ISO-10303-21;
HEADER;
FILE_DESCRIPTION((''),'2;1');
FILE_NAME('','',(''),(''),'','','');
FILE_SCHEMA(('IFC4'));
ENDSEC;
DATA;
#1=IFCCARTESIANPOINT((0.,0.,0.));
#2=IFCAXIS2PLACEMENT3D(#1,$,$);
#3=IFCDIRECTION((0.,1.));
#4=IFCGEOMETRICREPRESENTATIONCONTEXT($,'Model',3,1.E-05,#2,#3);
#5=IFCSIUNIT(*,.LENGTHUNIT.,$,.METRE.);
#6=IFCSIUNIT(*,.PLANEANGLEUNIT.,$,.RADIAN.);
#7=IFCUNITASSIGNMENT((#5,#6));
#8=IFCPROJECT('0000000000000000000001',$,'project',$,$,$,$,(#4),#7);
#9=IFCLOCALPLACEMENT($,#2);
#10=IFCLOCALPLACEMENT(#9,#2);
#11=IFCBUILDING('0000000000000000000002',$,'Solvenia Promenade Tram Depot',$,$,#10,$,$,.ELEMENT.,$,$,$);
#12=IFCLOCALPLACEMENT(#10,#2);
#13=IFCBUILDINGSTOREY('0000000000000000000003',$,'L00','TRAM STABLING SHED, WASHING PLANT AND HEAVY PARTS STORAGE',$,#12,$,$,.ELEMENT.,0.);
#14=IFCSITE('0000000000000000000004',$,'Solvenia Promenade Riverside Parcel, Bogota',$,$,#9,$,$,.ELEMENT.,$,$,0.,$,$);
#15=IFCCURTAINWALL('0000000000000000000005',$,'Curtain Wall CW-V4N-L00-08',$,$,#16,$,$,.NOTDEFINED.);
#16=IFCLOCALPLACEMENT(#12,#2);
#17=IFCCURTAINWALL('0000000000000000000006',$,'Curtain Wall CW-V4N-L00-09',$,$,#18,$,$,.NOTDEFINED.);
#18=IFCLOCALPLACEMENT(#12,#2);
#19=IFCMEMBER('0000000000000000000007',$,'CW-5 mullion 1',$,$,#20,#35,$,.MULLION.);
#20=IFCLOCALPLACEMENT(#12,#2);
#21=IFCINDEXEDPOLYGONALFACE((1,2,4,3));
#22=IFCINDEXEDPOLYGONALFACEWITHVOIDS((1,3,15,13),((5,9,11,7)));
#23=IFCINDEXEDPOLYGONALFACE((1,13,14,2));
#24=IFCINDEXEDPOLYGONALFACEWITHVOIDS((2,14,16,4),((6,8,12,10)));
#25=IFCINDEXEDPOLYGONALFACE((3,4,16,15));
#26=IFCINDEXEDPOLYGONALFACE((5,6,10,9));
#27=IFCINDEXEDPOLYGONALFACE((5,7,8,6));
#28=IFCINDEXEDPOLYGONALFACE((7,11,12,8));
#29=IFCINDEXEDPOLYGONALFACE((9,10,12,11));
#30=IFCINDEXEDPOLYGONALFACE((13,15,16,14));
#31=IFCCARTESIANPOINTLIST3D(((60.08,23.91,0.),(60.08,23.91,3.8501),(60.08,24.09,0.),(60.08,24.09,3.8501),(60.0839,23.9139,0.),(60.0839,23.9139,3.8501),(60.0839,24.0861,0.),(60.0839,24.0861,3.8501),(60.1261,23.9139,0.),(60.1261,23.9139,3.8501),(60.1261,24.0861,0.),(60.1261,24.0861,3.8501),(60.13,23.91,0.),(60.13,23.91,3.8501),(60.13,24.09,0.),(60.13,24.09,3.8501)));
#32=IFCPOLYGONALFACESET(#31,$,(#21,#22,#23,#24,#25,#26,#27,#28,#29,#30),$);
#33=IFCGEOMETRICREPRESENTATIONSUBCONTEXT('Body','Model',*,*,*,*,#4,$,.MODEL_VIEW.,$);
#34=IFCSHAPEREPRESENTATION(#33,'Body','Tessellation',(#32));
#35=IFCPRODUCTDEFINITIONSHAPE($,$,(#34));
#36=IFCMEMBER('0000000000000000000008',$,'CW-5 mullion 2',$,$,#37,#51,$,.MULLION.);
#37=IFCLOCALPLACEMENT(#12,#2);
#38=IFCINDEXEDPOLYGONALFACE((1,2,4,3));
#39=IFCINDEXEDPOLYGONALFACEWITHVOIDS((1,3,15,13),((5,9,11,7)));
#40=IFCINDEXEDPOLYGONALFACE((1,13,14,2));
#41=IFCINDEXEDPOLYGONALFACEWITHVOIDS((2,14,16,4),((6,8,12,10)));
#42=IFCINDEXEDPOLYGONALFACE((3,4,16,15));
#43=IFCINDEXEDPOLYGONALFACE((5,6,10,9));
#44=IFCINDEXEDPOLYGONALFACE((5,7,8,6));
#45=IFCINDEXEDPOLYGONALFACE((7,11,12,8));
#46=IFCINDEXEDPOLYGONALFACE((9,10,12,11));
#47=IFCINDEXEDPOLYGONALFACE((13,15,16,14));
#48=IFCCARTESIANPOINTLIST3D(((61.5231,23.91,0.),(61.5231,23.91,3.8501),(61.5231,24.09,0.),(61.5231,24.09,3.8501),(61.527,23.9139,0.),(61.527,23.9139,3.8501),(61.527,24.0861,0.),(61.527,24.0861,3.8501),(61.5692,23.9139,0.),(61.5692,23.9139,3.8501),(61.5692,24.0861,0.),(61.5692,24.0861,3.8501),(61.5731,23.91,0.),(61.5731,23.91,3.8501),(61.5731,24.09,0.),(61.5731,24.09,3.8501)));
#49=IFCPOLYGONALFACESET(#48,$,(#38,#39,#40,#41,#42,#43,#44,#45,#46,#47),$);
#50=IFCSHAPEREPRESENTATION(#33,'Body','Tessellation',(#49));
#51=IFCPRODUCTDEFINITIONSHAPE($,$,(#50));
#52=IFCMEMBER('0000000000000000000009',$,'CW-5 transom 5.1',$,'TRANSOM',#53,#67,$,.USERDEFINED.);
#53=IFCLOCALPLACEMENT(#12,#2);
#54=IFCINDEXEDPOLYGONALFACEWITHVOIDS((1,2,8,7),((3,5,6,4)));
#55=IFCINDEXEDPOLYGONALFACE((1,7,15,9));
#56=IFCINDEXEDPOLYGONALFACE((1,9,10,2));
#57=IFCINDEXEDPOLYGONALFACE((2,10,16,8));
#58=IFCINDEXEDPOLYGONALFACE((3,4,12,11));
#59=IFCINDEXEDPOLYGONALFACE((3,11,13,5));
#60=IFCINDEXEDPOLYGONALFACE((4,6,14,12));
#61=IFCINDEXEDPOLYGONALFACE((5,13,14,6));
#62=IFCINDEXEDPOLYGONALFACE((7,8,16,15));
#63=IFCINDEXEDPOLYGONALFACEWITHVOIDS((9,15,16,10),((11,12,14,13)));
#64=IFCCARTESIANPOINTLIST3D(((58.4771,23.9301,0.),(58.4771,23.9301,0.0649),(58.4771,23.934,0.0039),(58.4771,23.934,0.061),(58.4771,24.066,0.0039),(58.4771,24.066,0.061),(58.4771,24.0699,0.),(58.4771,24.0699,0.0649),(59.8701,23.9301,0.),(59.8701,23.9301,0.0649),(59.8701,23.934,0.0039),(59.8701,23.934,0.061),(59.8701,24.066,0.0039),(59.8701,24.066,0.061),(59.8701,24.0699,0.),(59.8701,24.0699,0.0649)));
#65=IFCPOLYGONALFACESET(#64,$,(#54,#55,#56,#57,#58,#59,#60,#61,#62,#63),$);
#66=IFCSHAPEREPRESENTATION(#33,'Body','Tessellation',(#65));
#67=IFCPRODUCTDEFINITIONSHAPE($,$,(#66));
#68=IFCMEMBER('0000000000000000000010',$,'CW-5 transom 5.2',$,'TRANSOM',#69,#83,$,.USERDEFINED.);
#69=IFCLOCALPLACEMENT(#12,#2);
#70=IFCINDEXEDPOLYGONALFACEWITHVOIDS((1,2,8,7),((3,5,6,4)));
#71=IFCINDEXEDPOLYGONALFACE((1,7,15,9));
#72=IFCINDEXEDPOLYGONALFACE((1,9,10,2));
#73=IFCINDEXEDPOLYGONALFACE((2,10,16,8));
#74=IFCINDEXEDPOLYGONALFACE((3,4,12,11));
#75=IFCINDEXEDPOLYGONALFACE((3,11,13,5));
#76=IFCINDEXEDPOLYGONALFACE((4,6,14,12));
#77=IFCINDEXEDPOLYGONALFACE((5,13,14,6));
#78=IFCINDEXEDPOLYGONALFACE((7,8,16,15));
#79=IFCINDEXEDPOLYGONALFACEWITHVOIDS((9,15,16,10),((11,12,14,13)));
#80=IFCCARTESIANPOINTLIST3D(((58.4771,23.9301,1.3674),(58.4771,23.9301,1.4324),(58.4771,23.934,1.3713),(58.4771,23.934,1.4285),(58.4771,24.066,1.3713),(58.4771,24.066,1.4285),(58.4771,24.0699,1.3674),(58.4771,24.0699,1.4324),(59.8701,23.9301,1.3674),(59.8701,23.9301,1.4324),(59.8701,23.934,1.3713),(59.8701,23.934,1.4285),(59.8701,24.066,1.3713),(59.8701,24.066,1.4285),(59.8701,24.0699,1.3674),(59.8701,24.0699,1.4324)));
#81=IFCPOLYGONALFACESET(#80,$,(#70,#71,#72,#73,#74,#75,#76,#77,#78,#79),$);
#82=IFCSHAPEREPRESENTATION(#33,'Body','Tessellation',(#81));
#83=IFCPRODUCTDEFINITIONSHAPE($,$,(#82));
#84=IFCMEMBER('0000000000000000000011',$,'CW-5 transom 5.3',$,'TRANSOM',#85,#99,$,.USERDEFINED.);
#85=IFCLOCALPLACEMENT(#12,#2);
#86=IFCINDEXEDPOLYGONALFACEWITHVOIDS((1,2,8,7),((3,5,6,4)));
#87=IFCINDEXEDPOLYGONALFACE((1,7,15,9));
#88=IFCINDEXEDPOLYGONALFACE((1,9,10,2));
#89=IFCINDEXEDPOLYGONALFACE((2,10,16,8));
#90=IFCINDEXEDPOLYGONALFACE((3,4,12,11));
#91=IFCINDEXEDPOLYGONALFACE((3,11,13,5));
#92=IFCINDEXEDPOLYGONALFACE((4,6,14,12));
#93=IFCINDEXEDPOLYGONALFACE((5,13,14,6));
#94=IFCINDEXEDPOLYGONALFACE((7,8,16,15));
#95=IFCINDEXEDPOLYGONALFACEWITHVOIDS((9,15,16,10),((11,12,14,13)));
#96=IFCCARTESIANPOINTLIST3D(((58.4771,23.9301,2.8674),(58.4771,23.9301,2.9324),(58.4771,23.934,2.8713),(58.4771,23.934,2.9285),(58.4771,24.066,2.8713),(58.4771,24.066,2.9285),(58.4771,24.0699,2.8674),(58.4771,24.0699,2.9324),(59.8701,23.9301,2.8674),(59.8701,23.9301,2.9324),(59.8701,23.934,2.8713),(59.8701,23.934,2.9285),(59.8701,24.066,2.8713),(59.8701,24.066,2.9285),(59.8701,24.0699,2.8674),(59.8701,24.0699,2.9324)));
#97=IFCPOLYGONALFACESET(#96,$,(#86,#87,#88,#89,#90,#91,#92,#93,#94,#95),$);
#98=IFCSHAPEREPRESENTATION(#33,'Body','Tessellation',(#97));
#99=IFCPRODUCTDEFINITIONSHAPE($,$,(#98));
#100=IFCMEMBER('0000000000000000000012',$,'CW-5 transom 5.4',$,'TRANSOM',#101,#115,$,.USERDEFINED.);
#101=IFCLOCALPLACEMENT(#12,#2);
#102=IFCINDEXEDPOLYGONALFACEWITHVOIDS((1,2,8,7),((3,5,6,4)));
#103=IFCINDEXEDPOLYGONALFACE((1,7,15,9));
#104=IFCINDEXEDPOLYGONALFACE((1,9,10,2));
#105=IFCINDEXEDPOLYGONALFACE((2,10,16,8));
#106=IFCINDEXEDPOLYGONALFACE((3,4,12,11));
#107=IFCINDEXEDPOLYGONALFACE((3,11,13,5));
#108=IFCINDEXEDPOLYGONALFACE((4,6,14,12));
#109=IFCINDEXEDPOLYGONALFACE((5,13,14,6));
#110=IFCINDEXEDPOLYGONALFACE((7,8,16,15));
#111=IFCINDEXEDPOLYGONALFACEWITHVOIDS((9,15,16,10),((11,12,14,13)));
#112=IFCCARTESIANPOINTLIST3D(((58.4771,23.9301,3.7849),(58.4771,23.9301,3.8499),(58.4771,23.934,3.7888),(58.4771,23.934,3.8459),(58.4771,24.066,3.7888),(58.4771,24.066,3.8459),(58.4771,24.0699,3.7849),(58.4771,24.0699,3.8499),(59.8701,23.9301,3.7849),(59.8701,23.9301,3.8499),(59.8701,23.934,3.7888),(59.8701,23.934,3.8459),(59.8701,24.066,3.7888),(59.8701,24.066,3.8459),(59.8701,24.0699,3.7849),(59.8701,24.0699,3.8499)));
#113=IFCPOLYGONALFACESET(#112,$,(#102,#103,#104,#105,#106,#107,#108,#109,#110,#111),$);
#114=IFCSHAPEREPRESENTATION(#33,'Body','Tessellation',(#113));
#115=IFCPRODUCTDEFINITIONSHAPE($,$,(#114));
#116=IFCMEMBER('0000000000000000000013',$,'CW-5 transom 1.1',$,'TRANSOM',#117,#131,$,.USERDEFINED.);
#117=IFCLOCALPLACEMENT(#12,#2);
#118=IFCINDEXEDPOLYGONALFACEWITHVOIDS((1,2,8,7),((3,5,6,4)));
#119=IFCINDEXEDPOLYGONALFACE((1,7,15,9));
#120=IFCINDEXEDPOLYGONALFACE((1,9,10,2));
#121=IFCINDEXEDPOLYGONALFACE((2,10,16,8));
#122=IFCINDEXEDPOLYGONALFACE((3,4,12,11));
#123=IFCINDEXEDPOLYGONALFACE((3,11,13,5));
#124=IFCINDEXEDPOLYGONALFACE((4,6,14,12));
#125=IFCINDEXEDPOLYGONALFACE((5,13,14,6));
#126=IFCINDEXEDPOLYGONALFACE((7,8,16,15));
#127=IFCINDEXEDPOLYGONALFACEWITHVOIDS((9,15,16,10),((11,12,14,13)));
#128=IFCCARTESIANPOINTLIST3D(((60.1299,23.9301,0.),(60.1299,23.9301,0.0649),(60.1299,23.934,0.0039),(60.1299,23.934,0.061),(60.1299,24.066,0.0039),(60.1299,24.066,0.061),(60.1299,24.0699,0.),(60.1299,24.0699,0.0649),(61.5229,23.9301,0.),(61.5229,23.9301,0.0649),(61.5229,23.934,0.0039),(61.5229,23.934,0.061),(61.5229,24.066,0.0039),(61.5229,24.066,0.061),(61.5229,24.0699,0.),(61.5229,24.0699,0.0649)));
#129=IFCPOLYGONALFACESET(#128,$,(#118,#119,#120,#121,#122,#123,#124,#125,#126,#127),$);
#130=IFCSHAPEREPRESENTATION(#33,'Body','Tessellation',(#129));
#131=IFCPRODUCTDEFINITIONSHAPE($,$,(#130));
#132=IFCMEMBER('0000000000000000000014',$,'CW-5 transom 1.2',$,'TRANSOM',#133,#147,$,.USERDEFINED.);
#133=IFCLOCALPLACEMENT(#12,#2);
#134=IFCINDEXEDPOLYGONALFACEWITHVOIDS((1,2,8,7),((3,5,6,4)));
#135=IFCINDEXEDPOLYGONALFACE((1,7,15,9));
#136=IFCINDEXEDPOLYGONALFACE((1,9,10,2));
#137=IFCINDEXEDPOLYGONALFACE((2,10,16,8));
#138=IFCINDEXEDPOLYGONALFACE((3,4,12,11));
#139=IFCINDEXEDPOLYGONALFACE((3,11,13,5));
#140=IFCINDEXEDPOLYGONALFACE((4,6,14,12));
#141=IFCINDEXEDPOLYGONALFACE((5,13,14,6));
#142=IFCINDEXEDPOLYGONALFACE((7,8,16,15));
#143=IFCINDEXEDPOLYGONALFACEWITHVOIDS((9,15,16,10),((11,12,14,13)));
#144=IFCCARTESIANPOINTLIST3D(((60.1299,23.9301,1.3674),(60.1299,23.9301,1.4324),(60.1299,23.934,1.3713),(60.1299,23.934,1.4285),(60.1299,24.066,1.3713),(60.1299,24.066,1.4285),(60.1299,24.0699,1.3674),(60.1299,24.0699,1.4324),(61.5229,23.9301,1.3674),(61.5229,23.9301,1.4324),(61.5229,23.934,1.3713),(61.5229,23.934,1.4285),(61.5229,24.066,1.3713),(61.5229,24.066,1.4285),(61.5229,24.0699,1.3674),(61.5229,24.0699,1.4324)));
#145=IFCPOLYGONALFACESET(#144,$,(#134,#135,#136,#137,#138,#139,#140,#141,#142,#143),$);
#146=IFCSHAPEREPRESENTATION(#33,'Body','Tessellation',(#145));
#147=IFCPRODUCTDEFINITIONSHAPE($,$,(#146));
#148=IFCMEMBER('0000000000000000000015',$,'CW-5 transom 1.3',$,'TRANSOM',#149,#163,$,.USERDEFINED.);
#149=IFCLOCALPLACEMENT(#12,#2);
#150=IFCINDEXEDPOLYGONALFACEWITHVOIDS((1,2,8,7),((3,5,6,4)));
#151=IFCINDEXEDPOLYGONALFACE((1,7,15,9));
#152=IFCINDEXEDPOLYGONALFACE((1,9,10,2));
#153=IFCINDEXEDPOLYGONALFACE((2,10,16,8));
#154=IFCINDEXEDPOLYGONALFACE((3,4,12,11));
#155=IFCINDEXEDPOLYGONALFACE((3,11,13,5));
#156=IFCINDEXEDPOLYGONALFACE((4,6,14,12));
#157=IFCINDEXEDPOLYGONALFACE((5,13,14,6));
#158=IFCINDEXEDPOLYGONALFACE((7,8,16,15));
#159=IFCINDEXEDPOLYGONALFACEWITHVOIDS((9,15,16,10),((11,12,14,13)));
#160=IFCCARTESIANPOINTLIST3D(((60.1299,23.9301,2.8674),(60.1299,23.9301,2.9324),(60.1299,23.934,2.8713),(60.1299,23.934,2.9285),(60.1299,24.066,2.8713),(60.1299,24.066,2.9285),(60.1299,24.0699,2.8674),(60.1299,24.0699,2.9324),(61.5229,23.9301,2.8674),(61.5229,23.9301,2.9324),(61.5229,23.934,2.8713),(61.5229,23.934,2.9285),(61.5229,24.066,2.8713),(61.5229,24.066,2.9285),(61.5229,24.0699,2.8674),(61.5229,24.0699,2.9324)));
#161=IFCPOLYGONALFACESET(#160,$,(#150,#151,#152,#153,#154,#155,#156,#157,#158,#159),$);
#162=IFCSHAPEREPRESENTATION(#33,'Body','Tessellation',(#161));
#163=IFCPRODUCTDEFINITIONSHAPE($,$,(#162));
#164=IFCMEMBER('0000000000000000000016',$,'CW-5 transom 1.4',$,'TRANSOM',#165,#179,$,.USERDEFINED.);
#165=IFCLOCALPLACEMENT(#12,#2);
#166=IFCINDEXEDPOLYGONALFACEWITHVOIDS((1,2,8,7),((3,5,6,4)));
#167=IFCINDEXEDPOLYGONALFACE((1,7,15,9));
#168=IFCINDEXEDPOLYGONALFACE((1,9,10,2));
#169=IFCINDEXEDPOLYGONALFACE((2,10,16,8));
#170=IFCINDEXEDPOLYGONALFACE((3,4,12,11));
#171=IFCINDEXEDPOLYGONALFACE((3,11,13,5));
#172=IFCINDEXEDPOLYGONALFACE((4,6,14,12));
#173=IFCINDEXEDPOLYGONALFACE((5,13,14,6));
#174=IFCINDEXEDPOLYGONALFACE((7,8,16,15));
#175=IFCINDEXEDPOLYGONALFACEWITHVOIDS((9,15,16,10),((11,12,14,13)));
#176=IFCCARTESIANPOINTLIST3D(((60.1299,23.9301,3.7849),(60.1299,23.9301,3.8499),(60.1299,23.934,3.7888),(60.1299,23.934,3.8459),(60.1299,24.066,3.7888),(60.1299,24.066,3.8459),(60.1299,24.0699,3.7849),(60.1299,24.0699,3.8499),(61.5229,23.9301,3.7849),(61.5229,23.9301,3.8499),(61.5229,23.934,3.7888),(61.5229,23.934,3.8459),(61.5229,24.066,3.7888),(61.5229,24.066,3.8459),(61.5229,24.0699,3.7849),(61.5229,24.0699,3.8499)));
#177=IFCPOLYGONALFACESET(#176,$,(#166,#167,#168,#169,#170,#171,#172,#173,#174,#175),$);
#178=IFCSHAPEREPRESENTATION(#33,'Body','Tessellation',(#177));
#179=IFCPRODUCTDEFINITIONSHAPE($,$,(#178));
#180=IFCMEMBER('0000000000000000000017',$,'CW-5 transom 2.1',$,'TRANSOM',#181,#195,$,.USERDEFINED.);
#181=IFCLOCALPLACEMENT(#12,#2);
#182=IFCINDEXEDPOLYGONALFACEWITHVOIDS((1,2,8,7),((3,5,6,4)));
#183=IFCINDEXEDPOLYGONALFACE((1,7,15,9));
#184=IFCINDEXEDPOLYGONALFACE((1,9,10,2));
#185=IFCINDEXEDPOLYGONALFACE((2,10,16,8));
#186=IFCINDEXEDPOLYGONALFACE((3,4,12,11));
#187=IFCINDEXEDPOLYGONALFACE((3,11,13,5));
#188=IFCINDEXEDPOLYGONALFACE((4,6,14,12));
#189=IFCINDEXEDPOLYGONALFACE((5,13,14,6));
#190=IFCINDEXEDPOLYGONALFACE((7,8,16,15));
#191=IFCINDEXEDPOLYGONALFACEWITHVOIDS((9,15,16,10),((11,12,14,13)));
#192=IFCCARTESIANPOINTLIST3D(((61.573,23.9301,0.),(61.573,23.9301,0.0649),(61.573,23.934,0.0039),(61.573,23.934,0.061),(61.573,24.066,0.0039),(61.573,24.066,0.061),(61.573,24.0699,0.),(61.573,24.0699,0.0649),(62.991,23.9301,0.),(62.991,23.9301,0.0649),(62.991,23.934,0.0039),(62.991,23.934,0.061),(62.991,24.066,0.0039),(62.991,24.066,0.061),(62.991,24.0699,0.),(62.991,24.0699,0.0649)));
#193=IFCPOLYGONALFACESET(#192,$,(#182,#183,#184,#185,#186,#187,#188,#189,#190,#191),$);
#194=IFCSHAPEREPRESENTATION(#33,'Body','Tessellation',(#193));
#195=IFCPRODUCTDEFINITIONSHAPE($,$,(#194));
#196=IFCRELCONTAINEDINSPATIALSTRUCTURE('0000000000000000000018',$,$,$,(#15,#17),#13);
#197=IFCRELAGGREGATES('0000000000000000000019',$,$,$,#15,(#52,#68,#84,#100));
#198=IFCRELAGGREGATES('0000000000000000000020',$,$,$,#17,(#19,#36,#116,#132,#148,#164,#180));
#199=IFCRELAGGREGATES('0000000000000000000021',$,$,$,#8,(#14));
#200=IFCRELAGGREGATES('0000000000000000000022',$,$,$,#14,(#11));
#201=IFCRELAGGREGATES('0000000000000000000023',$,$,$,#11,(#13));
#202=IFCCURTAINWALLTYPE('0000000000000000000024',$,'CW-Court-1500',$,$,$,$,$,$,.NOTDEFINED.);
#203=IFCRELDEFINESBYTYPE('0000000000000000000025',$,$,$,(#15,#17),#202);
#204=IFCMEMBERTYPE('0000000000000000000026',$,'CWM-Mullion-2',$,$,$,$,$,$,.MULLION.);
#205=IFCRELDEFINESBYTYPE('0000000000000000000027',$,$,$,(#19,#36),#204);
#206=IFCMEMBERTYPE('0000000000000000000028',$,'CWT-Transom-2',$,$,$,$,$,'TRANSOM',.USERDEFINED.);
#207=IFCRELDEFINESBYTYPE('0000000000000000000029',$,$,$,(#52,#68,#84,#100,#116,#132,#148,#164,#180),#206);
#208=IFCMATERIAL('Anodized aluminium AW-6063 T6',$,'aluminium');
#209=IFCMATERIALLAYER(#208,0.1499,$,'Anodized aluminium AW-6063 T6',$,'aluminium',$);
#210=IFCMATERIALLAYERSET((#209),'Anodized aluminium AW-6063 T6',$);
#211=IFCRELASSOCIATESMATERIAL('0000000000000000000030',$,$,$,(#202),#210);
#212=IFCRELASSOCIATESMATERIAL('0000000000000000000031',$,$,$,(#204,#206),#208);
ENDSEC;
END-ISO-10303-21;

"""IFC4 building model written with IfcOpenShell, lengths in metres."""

from ifc_helpers import new_model, si_unit, direction, frame, origin, origin_2d, place, context, subcontext, project, spatial, hollow_rectangle, extrude, material, layer, layer_set, material_profile, profile_set, type_object, element, aggregate, save


model = new_model("IFC4")

# Units and contexts
model_context = context("Model", 3, precision=1e-05, world=origin(), true_north=direction((0.0, 1.0)))
body_context = subcontext(model_context, "Body", "Model", "MODEL_VIEW")
ifc_project = project(units=[si_unit("LENGTHUNIT", "METRE"), si_unit("PLANEANGLEUNIT", "RADIAN")], contexts=[model_context])

# Site, building, storey
site_placement = place(None, origin())
site = spatial("IfcSite", under=ifc_project, at=site_placement, Name="Solvenia Promenade Riverside Parcel, Bogota", CompositionType="ELEMENT", RefElevation=0.0)
building_placement = place(site_placement, origin())
building = spatial("IfcBuilding", under=site, at=building_placement, Name="Solvenia Promenade Tram Depot", CompositionType="ELEMENT")
storey_placement = place(building_placement, origin())
storey = spatial("IfcBuildingStorey", under=building, at=storey_placement, Name="L00", Description="TRAM STABLING SHED, WASHING PLANT AND HEAVY PARTS STORAGE", CompositionType="ELEMENT", Elevation=0.0)

# Curtain walls, members
ifc_material_1 = material(Name="Anodized aluminium AW-6063 T6", Category="aluminium")
ifc_layer_1 = layer(ifc_material_1, 0.1499, Name="Anodized aluminium AW-6063 T6", Category="aluminium")
ifc_layer_set_1 = layer_set([ifc_layer_1], Name="Anodized aluminium AW-6063 T6")
curtain_wall_type = type_object("IfcCurtainWallType", Name="CW-Court-1500", PredefinedType="NOTDEFINED", material=ifc_layer_set_1)
curtain_wall_1_placement = place(storey_placement, origin())
curtain_wall_1 = element("IfcCurtainWall", 1, at=curtain_wall_1_placement, inside=storey, type_object=curtain_wall_type, Name="Curtain Wall CW-V4N-L00-08", PredefinedType="NOTDEFINED")
ifc_material_profile_1 = material_profile(ifc_material_1, hollow_rectangle(XDim=0.1799, YDim=0.05, WallThickness=0.0039, at=origin_2d()), Name="ALU-M2", Category="aluminium")
ifc_profile_set_1 = profile_set([ifc_material_profile_1], Name="Anodized aluminium AW-6063 T6")
member_type_1 = type_object("IfcMemberType", Name="CWM-Mullion-2", PredefinedType="MULLION", material=ifc_profile_set_1)
curtain_wall_2_placement = place(storey_placement, origin())
curtain_wall_2 = element("IfcCurtainWall", 2, at=curtain_wall_2_placement, inside=storey, type_object=curtain_wall_type, Name="Curtain Wall CW-V4N-L00-09", PredefinedType="NOTDEFINED")
member_1_placement = place(storey_placement, frame((60.105, 24.0, 0.0), z_axis=(0.0, 0.0, 1.0), x_axis=(0.0, 1.0, 0.0)))
member_1 = element("IfcMember", 3, at=member_1_placement, type_object=member_type_1, Name="CW-5 mullion 1", PredefinedType="MULLION", context=body_context, shape_type="SweptSolid", body=[
    extrude(hollow_rectangle(XDim=0.1799, YDim=0.05, WallThickness=0.0039, at=origin_2d()), origin(), (0.0, 0.0, 1.0), 3.8501),
])
member_2_placement = place(storey_placement, frame((61.5481, 24.0, 0.0), z_axis=(0.0, 0.0, 1.0), x_axis=(0.0, 1.0, 0.0)))
member_2 = element("IfcMember", 4, at=member_2_placement, type_object=member_type_1, Name="CW-5 mullion 2", PredefinedType="MULLION", context=body_context, shape_type="SweptSolid", body=[
    extrude(hollow_rectangle(XDim=0.1799, YDim=0.05, WallThickness=0.0039, at=origin_2d()), origin(), (0.0, 0.0, 1.0), 3.8501),
])

# Members
ifc_material_profile_2 = material_profile(ifc_material_1, hollow_rectangle(XDim=0.1399, YDim=0.0649, WallThickness=0.0039, at=origin_2d()), Name="ALU-T2", Category="aluminium")
ifc_profile_set_2 = profile_set([ifc_material_profile_2], Name="Anodized aluminium AW-6063 T6")
member_type_2 = type_object("IfcMemberType", Name="CWT-Transom-2", ElementType="TRANSOM", PredefinedType="USERDEFINED", material=ifc_profile_set_2)
member_3_placement = place(storey_placement, frame((58.4771, 24.0, 0.0325), z_axis=(1.0, 0.0, 0.0), x_axis=(0.0, 1.0, 0.0)))
member_3 = element("IfcMember", 5, at=member_3_placement, type_object=member_type_2, Name="CW-5 transom 5.1", ObjectType="TRANSOM", PredefinedType="USERDEFINED", context=body_context, shape_type="SweptSolid", body=[
    extrude(hollow_rectangle(XDim=0.1399, YDim=0.0649, WallThickness=0.0039, at=origin_2d()), origin(), (0.0, 0.0, 1.0), 1.3931),
])
member_4_placement = place(storey_placement, frame((58.4771, 24.0, 1.3999), z_axis=(1.0, 0.0, 0.0), x_axis=(0.0, 1.0, 0.0)))
member_4 = element("IfcMember", 6, at=member_4_placement, type_object=member_type_2, Name="CW-5 transom 5.2", ObjectType="TRANSOM", PredefinedType="USERDEFINED", context=body_context, shape_type="SweptSolid", body=[
    extrude(hollow_rectangle(XDim=0.1399, YDim=0.0649, WallThickness=0.0039, at=origin_2d()), origin(), (0.0, 0.0, 1.0), 1.3931),
])
member_5_placement = place(storey_placement, frame((58.4771, 24.0, 2.8999), z_axis=(1.0, 0.0, 0.0), x_axis=(0.0, 1.0, 0.0)))
member_5 = element("IfcMember", 7, at=member_5_placement, type_object=member_type_2, Name="CW-5 transom 5.3", ObjectType="TRANSOM", PredefinedType="USERDEFINED", context=body_context, shape_type="SweptSolid", body=[
    extrude(hollow_rectangle(XDim=0.1399, YDim=0.0649, WallThickness=0.0039, at=origin_2d()), origin(), (0.0, 0.0, 1.0), 1.3931),
])
member_6_placement = place(storey_placement, frame((58.4771, 24.0, 3.8174), z_axis=(1.0, 0.0, 0.0), x_axis=(0.0, 1.0, 0.0)))
member_6 = element("IfcMember", 8, at=member_6_placement, type_object=member_type_2, Name="CW-5 transom 5.4", ObjectType="TRANSOM", PredefinedType="USERDEFINED", context=body_context, shape_type="SweptSolid", body=[
    extrude(hollow_rectangle(XDim=0.1399, YDim=0.0649, WallThickness=0.0039, at=origin_2d()), origin(), (0.0, 0.0, 1.0), 1.3931),
])
member_7_placement = place(storey_placement, frame((60.1299, 24.0, 0.0325), z_axis=(1.0, 0.0, 0.0), x_axis=(0.0, 1.0, 0.0)))
member_7 = element("IfcMember", 9, at=member_7_placement, type_object=member_type_2, Name="CW-5 transom 1.1", ObjectType="TRANSOM", PredefinedType="USERDEFINED", context=body_context, shape_type="SweptSolid", body=[
    extrude(hollow_rectangle(XDim=0.1399, YDim=0.0649, WallThickness=0.0039, at=origin_2d()), origin(), (0.0, 0.0, 1.0), 1.3931),
])
member_8_placement = place(storey_placement, frame((60.1299, 24.0, 1.3999), z_axis=(1.0, 0.0, 0.0), x_axis=(0.0, 1.0, 0.0)))
member_8 = element("IfcMember", 10, at=member_8_placement, type_object=member_type_2, Name="CW-5 transom 1.2", ObjectType="TRANSOM", PredefinedType="USERDEFINED", context=body_context, shape_type="SweptSolid", body=[
    extrude(hollow_rectangle(XDim=0.1399, YDim=0.0649, WallThickness=0.0039, at=origin_2d()), origin(), (0.0, 0.0, 1.0), 1.3931),
])
member_9_placement = place(storey_placement, frame((60.1299, 24.0, 2.8999), z_axis=(1.0, 0.0, 0.0), x_axis=(0.0, 1.0, 0.0)))
member_9 = element("IfcMember", 11, at=member_9_placement, type_object=member_type_2, Name="CW-5 transom 1.3", ObjectType="TRANSOM", PredefinedType="USERDEFINED", context=body_context, shape_type="SweptSolid", body=[
    extrude(hollow_rectangle(XDim=0.1399, YDim=0.0649, WallThickness=0.0039, at=origin_2d()), origin(), (0.0, 0.0, 1.0), 1.3931),
])
member_10_placement = place(storey_placement, frame((60.1299, 24.0, 3.8174), z_axis=(1.0, 0.0, 0.0), x_axis=(0.0, 1.0, 0.0)))
member_10 = element("IfcMember", 12, at=member_10_placement, type_object=member_type_2, Name="CW-5 transom 1.4", ObjectType="TRANSOM", PredefinedType="USERDEFINED", context=body_context, shape_type="SweptSolid", body=[
    extrude(hollow_rectangle(XDim=0.1399, YDim=0.0649, WallThickness=0.0039, at=origin_2d()), origin(), (0.0, 0.0, 1.0), 1.3931),
])
member_11_placement = place(storey_placement, frame((61.573, 24.0, 0.0325), z_axis=(1.0, 0.0, 0.0), x_axis=(0.0, 1.0, 0.0)))
member_11 = element("IfcMember", 13, at=member_11_placement, type_object=member_type_2, Name="CW-5 transom 2.1", ObjectType="TRANSOM", PredefinedType="USERDEFINED", context=body_context, shape_type="SweptSolid", body=[
    extrude(hollow_rectangle(XDim=0.1399, YDim=0.0649, WallThickness=0.0039, at=origin_2d()), origin(), (0.0, 0.0, 1.0), 1.418),
])

aggregate(curtain_wall_1, [member_3, member_4, member_5, member_6])
aggregate(curtain_wall_2, [member_1, member_2, member_7, member_8, member_9, member_10, member_11])

save(model, "model.ifc")
